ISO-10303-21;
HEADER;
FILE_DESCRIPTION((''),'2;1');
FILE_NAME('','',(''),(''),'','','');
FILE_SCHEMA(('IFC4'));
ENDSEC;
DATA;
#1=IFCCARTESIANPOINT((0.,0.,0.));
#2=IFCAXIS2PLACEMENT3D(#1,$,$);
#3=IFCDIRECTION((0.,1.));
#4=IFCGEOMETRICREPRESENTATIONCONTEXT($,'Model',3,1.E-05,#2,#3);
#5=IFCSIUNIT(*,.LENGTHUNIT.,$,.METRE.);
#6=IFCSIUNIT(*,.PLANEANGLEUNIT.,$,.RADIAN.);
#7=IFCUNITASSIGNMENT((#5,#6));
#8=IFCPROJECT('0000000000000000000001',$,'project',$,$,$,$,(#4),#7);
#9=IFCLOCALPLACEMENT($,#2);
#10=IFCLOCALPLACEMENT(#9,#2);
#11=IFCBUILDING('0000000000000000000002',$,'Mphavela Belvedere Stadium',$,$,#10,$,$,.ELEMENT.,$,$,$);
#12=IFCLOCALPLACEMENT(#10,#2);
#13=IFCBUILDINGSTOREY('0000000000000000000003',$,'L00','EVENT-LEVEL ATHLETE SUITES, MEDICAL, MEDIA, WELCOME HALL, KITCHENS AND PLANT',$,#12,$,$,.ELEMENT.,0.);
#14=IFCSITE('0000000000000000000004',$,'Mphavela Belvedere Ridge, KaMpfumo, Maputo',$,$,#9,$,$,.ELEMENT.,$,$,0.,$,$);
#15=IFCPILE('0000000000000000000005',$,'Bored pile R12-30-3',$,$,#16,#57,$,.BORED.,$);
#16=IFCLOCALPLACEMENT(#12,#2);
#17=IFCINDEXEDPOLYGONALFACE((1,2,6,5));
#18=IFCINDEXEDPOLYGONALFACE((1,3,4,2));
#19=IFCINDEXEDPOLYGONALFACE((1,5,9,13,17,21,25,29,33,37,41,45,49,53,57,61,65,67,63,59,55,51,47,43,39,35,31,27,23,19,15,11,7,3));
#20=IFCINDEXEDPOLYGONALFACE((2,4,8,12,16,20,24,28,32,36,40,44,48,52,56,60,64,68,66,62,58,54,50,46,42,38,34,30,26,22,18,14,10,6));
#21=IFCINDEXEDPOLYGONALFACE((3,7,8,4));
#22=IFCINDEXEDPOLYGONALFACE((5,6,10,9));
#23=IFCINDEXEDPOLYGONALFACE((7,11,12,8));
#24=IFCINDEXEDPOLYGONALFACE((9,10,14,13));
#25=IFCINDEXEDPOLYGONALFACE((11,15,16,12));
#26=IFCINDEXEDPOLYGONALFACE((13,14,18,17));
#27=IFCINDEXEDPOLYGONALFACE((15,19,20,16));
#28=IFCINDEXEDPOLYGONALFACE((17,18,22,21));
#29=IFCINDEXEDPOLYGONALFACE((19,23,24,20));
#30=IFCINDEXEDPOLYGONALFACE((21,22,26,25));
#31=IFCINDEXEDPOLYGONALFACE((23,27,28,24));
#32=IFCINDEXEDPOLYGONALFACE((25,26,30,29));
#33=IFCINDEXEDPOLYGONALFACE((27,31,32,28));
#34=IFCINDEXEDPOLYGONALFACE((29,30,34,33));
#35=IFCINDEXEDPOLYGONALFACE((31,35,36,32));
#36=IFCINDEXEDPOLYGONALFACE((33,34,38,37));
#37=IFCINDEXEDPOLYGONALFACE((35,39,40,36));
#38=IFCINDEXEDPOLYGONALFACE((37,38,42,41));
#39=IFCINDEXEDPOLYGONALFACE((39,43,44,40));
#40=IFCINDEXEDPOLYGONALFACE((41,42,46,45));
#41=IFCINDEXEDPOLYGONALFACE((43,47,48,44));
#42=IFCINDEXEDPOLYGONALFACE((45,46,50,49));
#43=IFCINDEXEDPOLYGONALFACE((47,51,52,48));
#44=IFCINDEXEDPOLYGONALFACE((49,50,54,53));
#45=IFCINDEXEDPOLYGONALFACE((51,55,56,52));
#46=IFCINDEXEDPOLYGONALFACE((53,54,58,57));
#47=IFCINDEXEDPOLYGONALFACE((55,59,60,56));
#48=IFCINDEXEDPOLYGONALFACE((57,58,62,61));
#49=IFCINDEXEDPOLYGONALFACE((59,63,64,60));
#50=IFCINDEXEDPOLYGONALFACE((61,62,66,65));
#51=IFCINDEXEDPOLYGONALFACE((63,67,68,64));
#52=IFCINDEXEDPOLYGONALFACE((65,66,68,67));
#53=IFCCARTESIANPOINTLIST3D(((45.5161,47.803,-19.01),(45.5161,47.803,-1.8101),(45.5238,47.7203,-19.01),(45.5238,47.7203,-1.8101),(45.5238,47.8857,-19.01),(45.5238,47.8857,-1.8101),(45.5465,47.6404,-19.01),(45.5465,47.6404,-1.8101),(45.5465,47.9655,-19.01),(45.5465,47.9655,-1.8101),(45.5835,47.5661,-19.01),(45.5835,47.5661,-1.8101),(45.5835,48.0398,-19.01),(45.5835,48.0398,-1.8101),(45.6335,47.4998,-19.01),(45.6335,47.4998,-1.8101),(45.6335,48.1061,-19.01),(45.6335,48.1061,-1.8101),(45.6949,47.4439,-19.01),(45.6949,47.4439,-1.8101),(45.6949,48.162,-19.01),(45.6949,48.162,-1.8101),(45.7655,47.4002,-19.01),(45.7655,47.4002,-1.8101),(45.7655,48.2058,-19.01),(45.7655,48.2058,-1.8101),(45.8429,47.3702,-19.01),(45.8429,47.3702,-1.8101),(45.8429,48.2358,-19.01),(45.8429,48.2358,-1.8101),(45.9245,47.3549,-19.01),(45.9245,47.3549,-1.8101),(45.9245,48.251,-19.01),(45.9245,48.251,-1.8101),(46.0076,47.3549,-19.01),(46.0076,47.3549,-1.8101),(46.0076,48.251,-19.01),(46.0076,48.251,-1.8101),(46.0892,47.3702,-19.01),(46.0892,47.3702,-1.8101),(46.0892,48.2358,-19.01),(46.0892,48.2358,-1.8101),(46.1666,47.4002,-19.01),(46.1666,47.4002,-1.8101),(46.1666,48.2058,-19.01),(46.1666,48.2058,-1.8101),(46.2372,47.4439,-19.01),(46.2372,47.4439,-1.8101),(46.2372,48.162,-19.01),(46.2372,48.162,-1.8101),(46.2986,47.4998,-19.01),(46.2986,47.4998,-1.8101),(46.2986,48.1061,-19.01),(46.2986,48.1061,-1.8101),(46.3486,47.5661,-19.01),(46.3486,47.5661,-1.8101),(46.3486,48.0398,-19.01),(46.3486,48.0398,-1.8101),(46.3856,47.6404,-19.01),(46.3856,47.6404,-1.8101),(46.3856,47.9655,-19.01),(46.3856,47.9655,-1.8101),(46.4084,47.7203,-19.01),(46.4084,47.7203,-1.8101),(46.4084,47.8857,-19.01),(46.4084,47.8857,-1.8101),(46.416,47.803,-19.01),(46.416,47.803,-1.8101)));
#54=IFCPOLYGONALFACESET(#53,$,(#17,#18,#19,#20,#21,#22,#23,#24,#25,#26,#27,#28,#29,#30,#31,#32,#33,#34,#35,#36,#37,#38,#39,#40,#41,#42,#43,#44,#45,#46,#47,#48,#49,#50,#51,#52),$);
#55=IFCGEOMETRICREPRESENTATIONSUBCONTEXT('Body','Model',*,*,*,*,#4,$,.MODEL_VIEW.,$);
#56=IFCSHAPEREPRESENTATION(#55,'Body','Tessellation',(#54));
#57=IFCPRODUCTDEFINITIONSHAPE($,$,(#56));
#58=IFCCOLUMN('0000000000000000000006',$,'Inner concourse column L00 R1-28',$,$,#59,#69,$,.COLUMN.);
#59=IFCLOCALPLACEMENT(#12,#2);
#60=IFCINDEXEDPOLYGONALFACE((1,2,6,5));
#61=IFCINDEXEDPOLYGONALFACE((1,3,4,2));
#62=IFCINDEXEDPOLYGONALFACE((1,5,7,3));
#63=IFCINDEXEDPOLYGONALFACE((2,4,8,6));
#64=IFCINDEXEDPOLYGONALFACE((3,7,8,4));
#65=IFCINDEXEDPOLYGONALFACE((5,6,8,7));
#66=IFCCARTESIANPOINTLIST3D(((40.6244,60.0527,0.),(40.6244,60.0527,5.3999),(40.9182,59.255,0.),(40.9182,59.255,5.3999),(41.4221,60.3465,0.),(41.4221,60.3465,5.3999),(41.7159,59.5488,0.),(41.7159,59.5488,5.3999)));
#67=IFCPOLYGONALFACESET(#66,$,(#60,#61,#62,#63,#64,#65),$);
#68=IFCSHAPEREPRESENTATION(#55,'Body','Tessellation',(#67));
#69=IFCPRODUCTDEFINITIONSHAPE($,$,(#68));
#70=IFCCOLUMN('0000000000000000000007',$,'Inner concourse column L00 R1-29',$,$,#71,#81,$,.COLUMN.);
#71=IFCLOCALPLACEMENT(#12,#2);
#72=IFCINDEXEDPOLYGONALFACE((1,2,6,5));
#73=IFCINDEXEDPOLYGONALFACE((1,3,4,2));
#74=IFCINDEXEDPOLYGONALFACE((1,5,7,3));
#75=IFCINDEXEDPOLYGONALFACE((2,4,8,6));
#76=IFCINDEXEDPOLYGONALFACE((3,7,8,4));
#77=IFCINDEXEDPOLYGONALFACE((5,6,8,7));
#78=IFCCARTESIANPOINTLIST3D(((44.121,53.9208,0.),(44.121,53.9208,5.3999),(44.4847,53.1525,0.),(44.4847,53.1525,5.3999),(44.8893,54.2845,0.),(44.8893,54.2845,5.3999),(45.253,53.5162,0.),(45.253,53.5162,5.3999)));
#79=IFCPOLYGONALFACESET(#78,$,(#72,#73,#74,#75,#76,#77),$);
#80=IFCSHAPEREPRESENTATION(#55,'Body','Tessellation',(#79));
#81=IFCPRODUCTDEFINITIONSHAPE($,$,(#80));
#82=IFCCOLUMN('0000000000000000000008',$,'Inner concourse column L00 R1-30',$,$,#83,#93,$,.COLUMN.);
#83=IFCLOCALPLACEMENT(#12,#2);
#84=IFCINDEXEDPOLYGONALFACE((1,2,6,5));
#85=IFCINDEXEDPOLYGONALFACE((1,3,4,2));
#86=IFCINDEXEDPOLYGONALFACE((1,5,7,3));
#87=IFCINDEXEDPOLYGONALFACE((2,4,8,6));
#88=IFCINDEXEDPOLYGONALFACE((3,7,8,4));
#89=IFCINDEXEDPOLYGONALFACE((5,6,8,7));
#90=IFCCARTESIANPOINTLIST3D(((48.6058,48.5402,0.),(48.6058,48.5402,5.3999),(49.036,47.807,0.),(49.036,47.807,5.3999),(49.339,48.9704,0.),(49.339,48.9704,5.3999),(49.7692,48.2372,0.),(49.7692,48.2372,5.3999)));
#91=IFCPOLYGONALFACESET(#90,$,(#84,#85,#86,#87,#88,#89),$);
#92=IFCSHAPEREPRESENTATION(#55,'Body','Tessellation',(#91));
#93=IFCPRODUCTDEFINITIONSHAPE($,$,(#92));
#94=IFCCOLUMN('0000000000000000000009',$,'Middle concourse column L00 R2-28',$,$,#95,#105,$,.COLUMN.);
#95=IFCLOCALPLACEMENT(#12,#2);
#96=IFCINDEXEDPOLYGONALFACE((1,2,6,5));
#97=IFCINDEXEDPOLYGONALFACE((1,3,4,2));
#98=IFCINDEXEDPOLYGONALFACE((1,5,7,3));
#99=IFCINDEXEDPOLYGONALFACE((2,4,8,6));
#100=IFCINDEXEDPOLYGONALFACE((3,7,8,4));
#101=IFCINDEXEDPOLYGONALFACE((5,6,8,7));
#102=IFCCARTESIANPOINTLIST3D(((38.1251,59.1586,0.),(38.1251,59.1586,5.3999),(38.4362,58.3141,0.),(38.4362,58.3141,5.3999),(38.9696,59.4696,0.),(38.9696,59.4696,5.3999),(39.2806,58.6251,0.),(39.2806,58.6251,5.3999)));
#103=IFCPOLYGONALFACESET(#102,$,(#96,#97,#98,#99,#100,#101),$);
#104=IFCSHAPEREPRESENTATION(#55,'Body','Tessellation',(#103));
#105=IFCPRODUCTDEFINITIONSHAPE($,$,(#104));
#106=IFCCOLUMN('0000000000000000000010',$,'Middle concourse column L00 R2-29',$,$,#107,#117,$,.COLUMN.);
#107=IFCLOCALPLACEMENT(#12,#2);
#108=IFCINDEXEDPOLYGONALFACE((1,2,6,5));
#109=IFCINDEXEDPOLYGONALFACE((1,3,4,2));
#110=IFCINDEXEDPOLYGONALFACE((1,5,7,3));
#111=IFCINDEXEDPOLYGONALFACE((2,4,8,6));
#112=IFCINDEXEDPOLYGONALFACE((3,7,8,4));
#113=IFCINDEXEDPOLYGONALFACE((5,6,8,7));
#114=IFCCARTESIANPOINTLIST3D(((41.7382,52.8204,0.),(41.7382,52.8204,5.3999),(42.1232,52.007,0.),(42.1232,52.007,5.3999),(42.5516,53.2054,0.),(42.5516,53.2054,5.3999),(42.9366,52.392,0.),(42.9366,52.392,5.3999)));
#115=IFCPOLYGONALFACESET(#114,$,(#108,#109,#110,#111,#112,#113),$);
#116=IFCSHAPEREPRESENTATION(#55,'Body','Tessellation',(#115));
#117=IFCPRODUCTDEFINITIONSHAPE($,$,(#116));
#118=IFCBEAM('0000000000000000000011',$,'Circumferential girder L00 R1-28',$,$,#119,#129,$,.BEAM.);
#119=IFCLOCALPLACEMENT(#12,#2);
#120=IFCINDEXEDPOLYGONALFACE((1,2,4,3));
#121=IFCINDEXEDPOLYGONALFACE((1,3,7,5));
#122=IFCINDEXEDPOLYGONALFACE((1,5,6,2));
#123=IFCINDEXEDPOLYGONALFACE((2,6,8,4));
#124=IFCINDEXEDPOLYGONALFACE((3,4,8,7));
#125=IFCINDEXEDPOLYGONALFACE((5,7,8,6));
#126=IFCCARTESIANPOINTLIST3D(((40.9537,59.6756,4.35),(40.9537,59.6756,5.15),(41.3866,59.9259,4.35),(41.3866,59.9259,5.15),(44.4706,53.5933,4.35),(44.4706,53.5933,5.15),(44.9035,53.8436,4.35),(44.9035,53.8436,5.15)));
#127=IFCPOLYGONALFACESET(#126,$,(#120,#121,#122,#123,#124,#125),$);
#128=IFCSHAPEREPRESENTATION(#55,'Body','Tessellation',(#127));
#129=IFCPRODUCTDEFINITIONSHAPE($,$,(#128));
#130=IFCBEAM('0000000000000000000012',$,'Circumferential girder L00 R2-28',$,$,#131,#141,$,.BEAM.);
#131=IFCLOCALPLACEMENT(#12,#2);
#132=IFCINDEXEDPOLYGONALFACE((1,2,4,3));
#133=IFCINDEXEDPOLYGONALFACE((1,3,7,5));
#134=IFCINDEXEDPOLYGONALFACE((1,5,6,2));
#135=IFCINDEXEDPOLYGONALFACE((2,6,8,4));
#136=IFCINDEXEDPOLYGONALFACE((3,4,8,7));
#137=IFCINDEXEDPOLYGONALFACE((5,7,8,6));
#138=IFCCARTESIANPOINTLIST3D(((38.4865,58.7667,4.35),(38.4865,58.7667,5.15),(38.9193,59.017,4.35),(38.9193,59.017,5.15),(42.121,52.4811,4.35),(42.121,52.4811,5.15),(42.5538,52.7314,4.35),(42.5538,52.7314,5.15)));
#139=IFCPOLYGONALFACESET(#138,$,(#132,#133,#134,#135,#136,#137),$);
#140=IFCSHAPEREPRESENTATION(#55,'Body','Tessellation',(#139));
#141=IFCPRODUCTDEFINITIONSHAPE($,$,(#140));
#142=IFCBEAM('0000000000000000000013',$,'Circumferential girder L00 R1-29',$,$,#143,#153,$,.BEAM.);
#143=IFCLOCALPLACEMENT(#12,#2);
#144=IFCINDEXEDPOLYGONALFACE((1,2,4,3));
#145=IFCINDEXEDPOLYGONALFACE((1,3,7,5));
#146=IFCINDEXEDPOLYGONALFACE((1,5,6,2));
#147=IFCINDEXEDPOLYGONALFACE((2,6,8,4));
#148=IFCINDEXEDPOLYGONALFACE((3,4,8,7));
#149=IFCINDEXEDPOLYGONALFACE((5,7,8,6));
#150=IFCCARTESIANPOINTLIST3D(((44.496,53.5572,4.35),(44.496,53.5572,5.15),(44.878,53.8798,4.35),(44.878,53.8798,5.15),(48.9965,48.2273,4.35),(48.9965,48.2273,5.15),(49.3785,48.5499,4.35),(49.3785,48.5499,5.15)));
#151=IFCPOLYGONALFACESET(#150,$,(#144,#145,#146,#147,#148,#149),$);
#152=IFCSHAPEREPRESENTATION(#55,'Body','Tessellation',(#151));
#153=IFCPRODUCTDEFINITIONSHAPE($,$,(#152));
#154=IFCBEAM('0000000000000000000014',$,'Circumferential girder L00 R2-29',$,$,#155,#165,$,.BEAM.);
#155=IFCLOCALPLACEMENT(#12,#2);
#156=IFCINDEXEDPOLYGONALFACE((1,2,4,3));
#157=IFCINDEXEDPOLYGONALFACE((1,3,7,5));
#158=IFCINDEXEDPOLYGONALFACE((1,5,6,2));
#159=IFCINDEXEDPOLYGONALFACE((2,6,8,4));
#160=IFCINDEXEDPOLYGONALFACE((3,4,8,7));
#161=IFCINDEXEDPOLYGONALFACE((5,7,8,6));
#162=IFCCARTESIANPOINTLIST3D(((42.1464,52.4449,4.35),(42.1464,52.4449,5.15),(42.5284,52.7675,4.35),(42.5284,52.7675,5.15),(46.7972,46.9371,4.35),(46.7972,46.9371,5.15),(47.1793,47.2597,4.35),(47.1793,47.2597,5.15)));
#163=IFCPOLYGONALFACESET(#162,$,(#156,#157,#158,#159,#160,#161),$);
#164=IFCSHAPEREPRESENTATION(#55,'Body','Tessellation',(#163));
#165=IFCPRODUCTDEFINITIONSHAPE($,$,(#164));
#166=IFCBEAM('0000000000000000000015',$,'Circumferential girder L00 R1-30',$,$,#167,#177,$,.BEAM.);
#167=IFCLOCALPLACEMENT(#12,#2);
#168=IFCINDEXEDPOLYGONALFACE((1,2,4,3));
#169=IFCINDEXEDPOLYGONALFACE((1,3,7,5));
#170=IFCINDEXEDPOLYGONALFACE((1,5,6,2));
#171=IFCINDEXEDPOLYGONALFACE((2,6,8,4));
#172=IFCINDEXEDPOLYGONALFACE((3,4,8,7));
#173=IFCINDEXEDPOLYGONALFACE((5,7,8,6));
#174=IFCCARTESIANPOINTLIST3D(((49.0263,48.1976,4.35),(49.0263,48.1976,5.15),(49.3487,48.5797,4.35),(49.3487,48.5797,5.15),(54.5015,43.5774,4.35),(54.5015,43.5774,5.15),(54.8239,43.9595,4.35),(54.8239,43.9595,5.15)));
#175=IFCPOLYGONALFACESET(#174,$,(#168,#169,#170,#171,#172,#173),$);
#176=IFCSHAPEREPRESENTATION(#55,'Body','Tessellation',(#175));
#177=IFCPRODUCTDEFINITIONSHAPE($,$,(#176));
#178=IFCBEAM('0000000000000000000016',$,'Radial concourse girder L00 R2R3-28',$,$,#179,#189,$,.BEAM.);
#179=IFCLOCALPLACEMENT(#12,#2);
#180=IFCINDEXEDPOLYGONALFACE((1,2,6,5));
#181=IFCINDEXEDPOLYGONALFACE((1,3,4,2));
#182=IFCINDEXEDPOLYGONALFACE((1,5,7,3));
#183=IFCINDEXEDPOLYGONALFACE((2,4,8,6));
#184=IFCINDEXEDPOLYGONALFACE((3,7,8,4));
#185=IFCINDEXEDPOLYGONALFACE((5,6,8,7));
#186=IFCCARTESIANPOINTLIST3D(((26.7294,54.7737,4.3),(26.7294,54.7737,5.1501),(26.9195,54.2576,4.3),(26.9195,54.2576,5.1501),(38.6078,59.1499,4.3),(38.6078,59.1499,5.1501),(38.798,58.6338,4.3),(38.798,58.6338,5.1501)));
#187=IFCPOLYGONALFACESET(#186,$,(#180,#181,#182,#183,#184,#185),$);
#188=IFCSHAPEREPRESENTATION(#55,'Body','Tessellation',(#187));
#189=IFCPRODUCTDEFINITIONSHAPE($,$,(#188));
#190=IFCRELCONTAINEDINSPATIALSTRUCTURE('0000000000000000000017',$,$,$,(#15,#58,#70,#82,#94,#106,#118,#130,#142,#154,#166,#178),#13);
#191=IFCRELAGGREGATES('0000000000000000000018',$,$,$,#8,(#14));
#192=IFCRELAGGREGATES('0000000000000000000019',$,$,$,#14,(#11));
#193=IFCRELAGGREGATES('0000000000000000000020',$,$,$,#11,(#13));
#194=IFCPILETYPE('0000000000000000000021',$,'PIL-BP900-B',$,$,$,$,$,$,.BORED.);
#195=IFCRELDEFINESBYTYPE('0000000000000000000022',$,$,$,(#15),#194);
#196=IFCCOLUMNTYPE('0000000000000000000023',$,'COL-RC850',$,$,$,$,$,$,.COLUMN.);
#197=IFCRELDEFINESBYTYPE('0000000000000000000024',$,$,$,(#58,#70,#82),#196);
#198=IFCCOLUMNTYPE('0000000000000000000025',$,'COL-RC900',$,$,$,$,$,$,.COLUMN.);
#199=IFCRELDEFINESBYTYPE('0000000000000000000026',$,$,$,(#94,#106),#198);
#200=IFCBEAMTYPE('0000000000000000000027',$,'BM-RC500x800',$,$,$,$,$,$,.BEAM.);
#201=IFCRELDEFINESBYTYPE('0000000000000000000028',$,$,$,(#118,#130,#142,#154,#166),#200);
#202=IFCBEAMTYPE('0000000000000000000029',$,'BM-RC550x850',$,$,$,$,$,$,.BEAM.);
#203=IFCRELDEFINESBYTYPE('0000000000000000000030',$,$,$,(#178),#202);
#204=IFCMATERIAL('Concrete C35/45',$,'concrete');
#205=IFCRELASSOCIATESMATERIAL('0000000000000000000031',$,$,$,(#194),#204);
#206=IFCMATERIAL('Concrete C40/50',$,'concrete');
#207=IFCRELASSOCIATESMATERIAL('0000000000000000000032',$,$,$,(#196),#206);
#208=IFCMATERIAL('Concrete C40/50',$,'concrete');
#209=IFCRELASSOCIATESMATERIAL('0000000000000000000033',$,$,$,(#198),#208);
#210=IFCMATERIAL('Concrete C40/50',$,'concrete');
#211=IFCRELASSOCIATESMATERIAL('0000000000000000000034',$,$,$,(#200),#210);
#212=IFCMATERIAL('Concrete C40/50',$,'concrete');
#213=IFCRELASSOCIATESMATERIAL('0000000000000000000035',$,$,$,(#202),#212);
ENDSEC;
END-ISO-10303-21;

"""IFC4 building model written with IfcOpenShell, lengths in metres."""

from ifc_helpers import new_model, si_unit, direction, frame, origin, origin_2d, place, context, subcontext, project, spatial, rectangle, circle, extrude, material, material_profile, profile_set, type_object, element, save


model = new_model("IFC4")

# Units and contexts
model_context = context("Model", 3, precision=1e-05, world=origin(), true_north=direction((0.0, 1.0)))
body_context = subcontext(model_context, "Body", "Model", "MODEL_VIEW")
ifc_project = project(units=[si_unit("LENGTHUNIT", "METRE"), si_unit("PLANEANGLEUNIT", "RADIAN")], contexts=[model_context])

# Site, building, storey
site_placement = place(None, origin())
site = spatial("IfcSite", under=ifc_project, at=site_placement, Name="Mphavela Belvedere Ridge, KaMpfumo, Maputo", CompositionType="ELEMENT", RefElevation=0.0)
building_placement = place(site_placement, origin())
building = spatial("IfcBuilding", under=site, at=building_placement, Name="Mphavela Belvedere Stadium", CompositionType="ELEMENT")
storey_placement = place(building_placement, origin())
storey = spatial("IfcBuildingStorey", under=building, at=storey_placement, Name="L00", Description="EVENT-LEVEL ATHLETE SUITES, MEDICAL, MEDIA, WELCOME HALL, KITCHENS AND PLANT", CompositionType="ELEMENT", Elevation=0.0)

# Pile
ifc_material_1 = material(Name="Concrete C35/45", Category="concrete")
ifc_material_profile_1 = material_profile(ifc_material_1, circle(Radius=0.45, at=origin_2d()), Name="BP D900")
ifc_profile_set_1 = profile_set([ifc_material_profile_1], Name="Concrete C35/45")
pile_type_1 = type_object("IfcPileType", Name="PIL-BP900-B", PredefinedType="BORED", material=ifc_profile_set_1)
for number, where, z_axis, x_axis, name in (
    (1, (45.9661, 47.803, -1.8101), (0.0, 0.0, -1.0), (1.0, 0.0, 0.0), "Bored pile R12-30-3"),
):
    element("IfcPile", number, at=place(storey_placement, frame(where, z_axis=z_axis, x_axis=x_axis)), inside=storey, type_object=pile_type_1, Name=name, PredefinedType="BORED", context=body_context, shape_type="SweptSolid", body=[
        extrude(circle(Radius=0.45, at=origin_2d()), origin(), (0.0, 0.0, 1.0), 17.2),
    ])

# Columns
ifc_material_2 = material(Name="Concrete C40/50", Category="concrete")
ifc_material_profile_2 = material_profile(ifc_material_2, rectangle(XDim=0.8501, YDim=0.8501, at=origin_2d()), Name="RC 850x850")
ifc_profile_set_2 = profile_set([ifc_material_profile_2], Name="Concrete C40/50")
column_type_1 = type_object("IfcColumnType", Name="COL-RC850", PredefinedType="COLUMN", material=ifc_profile_set_2)
for number, where, z_axis, x_axis, name in (
    (2, (41.1702, 59.8008, 0.0), (0.0, 0.0, 1.0), (-0.938372, -0.345626, 0.0), "Inner concourse column L00 R1-28"),
    (3, (44.687, 53.7185, 0.0), (0.0, 0.0, 1.0), (-0.903859, -0.427831, 0.0), "Inner concourse column L00 R1-29"),
    (4, (49.1875, 48.3887, 0.0), (0.0, 0.0, 1.0), (-0.862514, -0.506034, 0.0), "Inner concourse column L00 R1-30"),
):
    element("IfcColumn", number, at=place(storey_placement, frame(where, z_axis=z_axis, x_axis=x_axis)), inside=storey, type_object=column_type_1, Name=name, PredefinedType="COLUMN", context=body_context, shape_type="SweptSolid", body=[
        extrude(rectangle(XDim=0.8501, YDim=0.8501, at=origin_2d()), origin(), (0.0, 0.0, 1.0), 5.3999),
    ])
ifc_material_3 = material(Name="Concrete C40/50", Category="concrete")
ifc_material_profile_3 = material_profile(ifc_material_3, rectangle(XDim=0.8999, YDim=0.8999, at=origin_2d()), Name="RC 900x900")
ifc_profile_set_3 = profile_set([ifc_material_profile_3], Name="Concrete C40/50")
column_type_2 = type_object("IfcColumnType", Name="COL-RC900", PredefinedType="COLUMN", material=ifc_profile_set_3)
for number, where, z_axis, x_axis, name in (
    (5, (38.7029, 58.8918, 0.0), (0.0, 0.0, 1.0), (-0.938372, -0.345626, 0.0), "Middle concourse column L00 R2-28"),
    (6, (42.3374, 52.6062, 0.0), (0.0, 0.0, 1.0), (-0.903859, -0.427831, 0.0), "Middle concourse column L00 R2-29"),
):
    element("IfcColumn", number, at=place(storey_placement, frame(where, z_axis=z_axis, x_axis=x_axis)), inside=storey, type_object=column_type_2, Name=name, PredefinedType="COLUMN", context=body_context, shape_type="SweptSolid", body=[
        extrude(rectangle(XDim=0.8999, YDim=0.8999, at=origin_2d()), origin(), (0.0, 0.0, 1.0), 5.3999),
    ])

# Beams
ifc_material_4 = material(Name="Concrete C40/50", Category="concrete")
ifc_material_profile_4 = material_profile(ifc_material_4, rectangle(XDim=0.5, YDim=0.8, at=origin_2d()), Name="RC 500x800")
ifc_profile_set_4 = profile_set([ifc_material_profile_4], Name="Concrete C40/50")
beam_type_1 = type_object("IfcBeamType", Name="BM-RC500x800", PredefinedType="BEAM", material=ifc_profile_set_4)
beam_1_placement = place(storey_placement, frame((41.1702, 59.8008, 4.75), z_axis=(0.50056, -0.865702, 0.0), x_axis=(0.865702, 0.50056, 0.0)))
element("IfcBeam", 7, at=beam_1_placement, inside=storey, type_object=beam_type_1, Name="Circumferential girder L00 R1-28", PredefinedType="BEAM", context=body_context, shape_type="SweptSolid", body=[
    extrude(rectangle(XDim=0.5, YDim=0.8, at=origin_2d()), origin(), (0.0, 0.0, 1.0), 7.0259),
])
beam_2_placement = place(storey_placement, frame((38.7029, 58.8918, 4.75), z_axis=(0.500568, -0.865697, 0.0), x_axis=(0.865697, 0.500568, 0.0)))
element("IfcBeam", 8, at=beam_2_placement, inside=storey, type_object=beam_type_1, Name="Circumferential girder L00 R2-28", PredefinedType="BEAM", context=body_context, shape_type="SweptSolid", body=[
    extrude(rectangle(XDim=0.5, YDim=0.8, at=origin_2d()), origin(), (0.0, 0.0, 1.0), 7.2607),
])
beam_3_placement = place(storey_placement, frame((44.687, 53.7185, 4.75), z_axis=(0.645159, -0.764048, 0.0), x_axis=(0.764048, 0.645159, 0.0)))
element("IfcBeam", 9, at=beam_3_placement, inside=storey, type_object=beam_type_1, Name="Circumferential girder L00 R1-29", PredefinedType="BEAM", context=body_context, shape_type="SweptSolid", body=[
    extrude(rectangle(XDim=0.5, YDim=0.8, at=origin_2d()), origin(), (0.0, 0.0, 1.0), 6.9758),
])
beam_4_placement = place(storey_placement, frame((42.3374, 52.6062, 4.75), z_axis=(0.645168, -0.764041, 0.0), x_axis=(0.764041, 0.645168, 0.0)))
element("IfcBeam", 10, at=beam_4_placement, inside=storey, type_object=beam_type_1, Name="Circumferential girder L00 R2-29", PredefinedType="BEAM", context=body_context, shape_type="SweptSolid", body=[
    extrude(rectangle(XDim=0.5, YDim=0.8, at=origin_2d()), origin(), (0.0, 0.0, 1.0), 7.2087),
])
beam_5_placement = place(storey_placement, frame((49.1875, 48.3887, 4.75), z_axis=(0.764257, -0.644912, 0.0), x_axis=(0.644912, 0.764257, 0.0)))
element("IfcBeam", 11, at=beam_5_placement, inside=storey, type_object=beam_type_1, Name="Circumferential girder L00 R1-30", PredefinedType="BEAM", context=body_context, shape_type="SweptSolid", body=[
    extrude(rectangle(XDim=0.5, YDim=0.8, at=origin_2d()), origin(), (0.0, 0.0, 1.0), 7.1641),
])
ifc_material_5 = material(Name="Concrete C40/50", Category="concrete")
ifc_material_profile_5 = material_profile(ifc_material_5, rectangle(XDim=0.55, YDim=0.8501, at=origin_2d()), Name="RC 550x850")
ifc_profile_set_5 = profile_set([ifc_material_profile_5], Name="Concrete C40/50")
beam_type_2 = type_object("IfcBeamType", Name="BM-RC550x850", PredefinedType="BEAM", material=ifc_profile_set_5)
beam_6_placement = place(storey_placement, frame((38.7029, 58.8918, 4.7251), z_axis=(-0.938344, -0.345703, 0.0), x_axis=(0.345703, -0.938344, 0.0)))
element("IfcBeam", 12, at=beam_6_placement, inside=storey, type_object=beam_type_2, Name="Radial concourse girder L00 R2R3-28", PredefinedType="BEAM", context=body_context, shape_type="SweptSolid", body=[
    extrude(rectangle(XDim=0.55, YDim=0.8501, at=origin_2d()), origin(), (0.0, 0.0, 1.0), 12.6589),
])

save(model, "model.ifc")
